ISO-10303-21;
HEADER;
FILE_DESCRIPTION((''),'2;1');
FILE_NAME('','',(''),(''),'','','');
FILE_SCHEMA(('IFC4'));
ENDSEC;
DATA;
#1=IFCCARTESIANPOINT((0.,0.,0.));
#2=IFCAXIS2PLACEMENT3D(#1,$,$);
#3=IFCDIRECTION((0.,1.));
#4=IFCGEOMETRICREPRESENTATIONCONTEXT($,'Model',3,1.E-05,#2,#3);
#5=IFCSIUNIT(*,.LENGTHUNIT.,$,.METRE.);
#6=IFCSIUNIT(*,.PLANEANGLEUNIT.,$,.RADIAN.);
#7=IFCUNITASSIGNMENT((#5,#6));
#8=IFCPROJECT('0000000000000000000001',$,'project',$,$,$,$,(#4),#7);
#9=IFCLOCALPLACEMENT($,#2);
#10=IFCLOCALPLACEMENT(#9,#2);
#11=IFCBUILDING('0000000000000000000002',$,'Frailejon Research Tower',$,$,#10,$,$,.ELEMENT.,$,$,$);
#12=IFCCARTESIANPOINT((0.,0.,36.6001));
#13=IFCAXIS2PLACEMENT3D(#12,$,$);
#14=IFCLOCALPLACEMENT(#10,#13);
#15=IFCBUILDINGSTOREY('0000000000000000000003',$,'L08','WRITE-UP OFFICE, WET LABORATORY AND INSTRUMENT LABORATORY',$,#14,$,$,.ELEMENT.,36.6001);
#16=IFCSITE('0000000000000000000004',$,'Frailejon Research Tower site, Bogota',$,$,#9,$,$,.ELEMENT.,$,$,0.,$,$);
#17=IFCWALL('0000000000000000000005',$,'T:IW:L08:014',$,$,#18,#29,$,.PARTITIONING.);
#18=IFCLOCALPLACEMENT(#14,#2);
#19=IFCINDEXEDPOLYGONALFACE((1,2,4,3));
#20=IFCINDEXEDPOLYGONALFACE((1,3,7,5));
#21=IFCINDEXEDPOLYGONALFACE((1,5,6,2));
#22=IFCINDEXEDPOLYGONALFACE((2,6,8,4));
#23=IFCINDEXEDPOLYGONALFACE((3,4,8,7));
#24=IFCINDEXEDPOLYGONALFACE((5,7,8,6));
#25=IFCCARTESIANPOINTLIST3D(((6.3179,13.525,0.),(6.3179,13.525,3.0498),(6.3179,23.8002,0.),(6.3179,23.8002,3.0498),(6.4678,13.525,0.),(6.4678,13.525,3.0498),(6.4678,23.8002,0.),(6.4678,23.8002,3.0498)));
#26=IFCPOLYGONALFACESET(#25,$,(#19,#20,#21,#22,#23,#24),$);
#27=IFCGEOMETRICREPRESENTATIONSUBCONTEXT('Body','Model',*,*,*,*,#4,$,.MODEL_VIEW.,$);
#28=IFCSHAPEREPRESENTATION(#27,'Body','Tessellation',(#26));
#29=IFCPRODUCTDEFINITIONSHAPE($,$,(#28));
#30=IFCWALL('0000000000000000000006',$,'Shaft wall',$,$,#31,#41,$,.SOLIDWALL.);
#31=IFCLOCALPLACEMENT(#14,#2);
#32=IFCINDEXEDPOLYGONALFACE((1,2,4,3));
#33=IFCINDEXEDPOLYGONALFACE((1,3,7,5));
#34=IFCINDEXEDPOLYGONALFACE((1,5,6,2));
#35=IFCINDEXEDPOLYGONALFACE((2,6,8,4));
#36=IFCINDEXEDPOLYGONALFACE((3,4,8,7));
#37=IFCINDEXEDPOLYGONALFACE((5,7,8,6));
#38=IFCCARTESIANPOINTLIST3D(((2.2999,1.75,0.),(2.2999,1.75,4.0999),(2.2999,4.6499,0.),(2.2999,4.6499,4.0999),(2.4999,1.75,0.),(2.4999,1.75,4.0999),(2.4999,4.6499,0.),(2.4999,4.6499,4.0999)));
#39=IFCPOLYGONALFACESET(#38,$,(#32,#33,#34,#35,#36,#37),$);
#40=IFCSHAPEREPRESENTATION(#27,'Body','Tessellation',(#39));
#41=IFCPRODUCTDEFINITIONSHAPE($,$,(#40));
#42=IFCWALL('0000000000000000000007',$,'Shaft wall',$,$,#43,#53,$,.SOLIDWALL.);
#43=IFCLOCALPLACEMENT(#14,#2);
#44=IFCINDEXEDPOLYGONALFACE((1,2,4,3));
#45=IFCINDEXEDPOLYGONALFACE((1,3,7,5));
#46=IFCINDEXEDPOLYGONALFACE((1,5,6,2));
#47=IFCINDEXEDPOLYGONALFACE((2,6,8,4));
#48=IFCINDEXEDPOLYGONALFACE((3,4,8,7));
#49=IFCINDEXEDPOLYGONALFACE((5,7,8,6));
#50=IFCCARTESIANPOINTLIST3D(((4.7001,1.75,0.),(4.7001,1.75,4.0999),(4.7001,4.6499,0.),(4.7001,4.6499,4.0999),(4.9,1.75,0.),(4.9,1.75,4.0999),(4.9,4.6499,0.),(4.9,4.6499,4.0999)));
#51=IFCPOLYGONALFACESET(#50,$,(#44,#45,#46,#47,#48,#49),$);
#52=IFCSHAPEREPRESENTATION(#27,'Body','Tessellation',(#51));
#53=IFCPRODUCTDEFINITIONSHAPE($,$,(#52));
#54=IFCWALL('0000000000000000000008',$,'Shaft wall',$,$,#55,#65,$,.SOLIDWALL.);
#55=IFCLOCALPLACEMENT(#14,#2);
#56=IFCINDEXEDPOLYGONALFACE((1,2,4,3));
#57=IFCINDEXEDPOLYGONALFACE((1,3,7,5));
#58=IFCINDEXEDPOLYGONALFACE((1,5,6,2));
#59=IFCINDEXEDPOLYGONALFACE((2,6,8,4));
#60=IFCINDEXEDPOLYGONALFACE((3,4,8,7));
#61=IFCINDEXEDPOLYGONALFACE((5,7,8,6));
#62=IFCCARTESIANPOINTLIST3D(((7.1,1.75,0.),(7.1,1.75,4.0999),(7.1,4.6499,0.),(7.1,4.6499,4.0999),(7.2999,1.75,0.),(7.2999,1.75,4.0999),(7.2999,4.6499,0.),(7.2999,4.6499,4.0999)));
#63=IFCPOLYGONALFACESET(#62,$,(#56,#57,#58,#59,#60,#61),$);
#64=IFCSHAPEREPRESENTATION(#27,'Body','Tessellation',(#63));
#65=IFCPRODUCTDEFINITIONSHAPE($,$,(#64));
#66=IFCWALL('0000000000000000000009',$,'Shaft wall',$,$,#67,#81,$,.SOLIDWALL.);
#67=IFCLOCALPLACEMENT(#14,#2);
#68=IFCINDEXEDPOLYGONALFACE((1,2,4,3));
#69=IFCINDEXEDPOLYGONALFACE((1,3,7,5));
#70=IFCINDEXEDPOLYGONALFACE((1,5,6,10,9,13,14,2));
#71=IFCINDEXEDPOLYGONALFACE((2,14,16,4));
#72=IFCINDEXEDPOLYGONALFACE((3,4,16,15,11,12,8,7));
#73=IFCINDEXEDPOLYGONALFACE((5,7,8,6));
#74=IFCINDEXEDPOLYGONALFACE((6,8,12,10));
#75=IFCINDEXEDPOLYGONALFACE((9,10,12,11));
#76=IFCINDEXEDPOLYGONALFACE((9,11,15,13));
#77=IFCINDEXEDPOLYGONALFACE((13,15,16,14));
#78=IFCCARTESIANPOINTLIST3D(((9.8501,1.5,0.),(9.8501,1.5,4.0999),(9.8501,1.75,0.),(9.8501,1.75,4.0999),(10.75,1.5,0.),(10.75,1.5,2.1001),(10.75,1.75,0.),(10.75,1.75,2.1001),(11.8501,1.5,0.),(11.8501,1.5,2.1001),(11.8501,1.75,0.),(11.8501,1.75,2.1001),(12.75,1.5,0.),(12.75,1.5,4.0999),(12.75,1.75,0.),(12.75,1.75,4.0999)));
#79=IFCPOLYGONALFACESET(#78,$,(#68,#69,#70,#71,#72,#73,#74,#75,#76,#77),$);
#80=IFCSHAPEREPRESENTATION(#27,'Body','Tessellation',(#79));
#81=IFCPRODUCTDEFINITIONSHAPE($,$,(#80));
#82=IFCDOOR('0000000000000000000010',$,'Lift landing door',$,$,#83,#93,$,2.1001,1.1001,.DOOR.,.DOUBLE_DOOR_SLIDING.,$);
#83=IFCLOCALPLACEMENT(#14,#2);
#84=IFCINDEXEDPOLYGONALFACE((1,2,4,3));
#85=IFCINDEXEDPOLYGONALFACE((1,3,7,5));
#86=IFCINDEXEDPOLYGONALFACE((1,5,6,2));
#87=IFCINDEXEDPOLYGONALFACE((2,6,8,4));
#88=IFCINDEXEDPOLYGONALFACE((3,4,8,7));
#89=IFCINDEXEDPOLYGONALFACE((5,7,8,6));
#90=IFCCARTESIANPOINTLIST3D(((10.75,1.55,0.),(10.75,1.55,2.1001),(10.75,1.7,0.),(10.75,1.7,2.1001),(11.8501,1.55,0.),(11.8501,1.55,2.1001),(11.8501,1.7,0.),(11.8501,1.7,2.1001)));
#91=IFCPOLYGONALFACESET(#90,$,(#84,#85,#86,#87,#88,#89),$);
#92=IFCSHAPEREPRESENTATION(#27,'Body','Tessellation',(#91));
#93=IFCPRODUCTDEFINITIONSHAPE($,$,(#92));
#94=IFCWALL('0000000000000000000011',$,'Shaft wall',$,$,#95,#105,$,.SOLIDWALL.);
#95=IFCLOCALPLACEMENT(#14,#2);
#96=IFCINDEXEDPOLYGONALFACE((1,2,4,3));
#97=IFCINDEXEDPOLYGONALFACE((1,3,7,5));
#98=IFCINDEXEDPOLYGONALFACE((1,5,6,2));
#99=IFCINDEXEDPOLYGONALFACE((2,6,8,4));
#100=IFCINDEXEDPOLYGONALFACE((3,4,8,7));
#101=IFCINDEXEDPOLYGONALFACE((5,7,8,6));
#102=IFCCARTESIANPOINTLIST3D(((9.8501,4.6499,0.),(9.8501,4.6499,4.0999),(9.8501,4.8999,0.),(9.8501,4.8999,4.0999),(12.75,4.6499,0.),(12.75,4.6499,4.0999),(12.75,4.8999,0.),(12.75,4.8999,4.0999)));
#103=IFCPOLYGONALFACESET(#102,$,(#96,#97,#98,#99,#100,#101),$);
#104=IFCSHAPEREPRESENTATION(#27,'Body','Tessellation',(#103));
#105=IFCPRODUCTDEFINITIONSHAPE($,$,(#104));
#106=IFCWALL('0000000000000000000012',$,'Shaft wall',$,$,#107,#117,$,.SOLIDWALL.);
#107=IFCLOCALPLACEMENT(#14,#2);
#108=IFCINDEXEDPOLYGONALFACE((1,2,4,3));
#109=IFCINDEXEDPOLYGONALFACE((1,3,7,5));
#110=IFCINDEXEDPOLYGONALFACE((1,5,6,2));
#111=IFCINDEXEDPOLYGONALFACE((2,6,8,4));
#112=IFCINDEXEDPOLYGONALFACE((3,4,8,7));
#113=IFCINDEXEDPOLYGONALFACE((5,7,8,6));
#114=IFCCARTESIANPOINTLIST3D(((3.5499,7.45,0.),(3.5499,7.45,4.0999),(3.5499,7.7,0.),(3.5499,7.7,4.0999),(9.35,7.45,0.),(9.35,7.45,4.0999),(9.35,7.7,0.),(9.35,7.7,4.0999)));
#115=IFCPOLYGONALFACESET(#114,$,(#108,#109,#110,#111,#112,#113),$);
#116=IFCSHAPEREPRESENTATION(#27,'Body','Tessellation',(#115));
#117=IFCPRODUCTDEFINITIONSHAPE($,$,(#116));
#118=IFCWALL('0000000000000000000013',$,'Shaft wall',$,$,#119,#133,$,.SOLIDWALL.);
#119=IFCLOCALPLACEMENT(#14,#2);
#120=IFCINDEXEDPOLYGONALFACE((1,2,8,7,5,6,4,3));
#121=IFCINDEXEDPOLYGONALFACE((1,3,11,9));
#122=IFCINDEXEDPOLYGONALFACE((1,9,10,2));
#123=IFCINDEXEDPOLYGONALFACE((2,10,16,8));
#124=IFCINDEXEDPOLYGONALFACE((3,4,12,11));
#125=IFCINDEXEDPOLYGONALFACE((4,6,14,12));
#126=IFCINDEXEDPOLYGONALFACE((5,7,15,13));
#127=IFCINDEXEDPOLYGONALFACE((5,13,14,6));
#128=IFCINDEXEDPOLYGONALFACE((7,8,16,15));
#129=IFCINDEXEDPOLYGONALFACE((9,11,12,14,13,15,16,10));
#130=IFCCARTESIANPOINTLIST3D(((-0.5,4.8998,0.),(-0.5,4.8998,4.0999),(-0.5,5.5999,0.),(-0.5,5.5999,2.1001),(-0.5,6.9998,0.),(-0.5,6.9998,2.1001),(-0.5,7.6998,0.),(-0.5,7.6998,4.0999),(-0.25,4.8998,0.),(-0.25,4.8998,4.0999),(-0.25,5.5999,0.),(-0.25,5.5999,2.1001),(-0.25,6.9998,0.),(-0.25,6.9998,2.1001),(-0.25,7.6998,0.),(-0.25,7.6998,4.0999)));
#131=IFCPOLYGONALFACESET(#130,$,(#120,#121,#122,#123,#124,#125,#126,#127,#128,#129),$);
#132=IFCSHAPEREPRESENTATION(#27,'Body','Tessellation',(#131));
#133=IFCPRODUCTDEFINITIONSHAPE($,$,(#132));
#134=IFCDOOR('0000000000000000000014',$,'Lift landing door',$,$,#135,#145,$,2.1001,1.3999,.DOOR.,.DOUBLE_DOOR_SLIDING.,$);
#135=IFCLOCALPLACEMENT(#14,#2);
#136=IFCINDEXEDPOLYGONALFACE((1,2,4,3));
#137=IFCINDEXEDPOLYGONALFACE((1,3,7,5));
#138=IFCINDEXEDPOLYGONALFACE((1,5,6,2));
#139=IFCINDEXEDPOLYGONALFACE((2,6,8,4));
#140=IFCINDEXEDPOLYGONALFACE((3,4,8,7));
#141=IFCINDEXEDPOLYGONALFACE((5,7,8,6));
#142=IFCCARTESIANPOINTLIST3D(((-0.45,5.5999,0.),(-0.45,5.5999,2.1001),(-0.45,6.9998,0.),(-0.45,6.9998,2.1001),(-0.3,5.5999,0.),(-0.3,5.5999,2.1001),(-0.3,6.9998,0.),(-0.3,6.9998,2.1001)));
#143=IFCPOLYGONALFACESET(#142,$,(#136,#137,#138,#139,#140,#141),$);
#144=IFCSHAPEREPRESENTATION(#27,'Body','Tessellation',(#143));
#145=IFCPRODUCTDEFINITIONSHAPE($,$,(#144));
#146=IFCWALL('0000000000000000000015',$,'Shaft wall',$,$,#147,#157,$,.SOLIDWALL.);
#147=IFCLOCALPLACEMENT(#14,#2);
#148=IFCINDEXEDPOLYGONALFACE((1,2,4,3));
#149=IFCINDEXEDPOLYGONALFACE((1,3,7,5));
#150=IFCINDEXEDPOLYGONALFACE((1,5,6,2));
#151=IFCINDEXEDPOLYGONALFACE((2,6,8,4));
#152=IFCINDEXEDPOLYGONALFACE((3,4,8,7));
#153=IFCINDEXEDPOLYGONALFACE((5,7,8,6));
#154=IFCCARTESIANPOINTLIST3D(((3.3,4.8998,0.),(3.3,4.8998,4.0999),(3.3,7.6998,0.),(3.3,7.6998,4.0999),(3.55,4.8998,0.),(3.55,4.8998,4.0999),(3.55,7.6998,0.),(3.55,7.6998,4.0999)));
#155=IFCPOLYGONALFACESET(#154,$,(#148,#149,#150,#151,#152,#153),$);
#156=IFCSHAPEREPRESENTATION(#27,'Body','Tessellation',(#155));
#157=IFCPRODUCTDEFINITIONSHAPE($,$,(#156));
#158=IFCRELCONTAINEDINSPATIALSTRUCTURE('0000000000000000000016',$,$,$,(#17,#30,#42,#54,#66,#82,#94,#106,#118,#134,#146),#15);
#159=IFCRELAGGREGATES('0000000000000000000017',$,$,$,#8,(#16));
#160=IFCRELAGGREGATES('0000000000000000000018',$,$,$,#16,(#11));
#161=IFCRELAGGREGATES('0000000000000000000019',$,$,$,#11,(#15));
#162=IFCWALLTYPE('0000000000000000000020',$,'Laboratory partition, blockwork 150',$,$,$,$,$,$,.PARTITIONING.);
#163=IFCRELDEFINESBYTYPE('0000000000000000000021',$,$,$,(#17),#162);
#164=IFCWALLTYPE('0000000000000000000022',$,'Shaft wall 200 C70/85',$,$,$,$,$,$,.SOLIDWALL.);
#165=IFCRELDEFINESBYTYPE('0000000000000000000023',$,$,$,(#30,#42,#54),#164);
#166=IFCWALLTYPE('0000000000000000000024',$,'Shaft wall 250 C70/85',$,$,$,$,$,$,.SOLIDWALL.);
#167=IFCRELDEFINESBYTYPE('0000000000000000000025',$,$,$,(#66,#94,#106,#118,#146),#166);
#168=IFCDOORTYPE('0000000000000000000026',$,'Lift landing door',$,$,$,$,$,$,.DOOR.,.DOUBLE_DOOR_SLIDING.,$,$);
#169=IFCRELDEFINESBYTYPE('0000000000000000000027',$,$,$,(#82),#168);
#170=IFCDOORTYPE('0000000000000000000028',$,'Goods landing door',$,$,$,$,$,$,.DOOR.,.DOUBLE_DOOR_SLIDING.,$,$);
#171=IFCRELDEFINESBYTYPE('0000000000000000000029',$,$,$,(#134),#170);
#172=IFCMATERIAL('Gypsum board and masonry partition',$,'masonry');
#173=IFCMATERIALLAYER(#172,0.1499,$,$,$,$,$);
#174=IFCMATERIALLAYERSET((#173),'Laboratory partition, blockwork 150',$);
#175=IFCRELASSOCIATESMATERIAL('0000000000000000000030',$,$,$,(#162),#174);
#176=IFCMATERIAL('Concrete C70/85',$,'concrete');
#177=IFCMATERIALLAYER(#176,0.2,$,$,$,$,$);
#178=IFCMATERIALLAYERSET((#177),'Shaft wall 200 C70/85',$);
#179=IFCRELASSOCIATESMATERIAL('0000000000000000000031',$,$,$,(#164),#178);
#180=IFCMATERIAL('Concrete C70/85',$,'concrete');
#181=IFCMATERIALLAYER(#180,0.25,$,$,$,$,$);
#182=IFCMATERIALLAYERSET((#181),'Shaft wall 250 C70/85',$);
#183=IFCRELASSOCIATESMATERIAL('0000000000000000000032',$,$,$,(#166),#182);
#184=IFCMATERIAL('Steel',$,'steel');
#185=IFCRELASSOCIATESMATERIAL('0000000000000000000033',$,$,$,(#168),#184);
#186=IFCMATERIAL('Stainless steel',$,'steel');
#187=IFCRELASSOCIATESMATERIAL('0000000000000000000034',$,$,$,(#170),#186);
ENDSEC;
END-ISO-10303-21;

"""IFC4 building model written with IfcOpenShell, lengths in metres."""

from ifc_helpers import new_model, si_unit, direction, frame, frame_2d, origin, place, context, subcontext, project, spatial, rectangle, extrude, material, layer, layer_set, type_object, element, fill, save


model = new_model("IFC4")

# Units and contexts
model_context = context("Model", 3, precision=1e-05, world=origin(), true_north=direction((0.0, 1.0)))
body_context = subcontext(model_context, "Body", "Model", "MODEL_VIEW")
ifc_project = project(units=[si_unit("LENGTHUNIT", "METRE"), si_unit("PLANEANGLEUNIT", "RADIAN")], contexts=[model_context])

# Site, building, storey
site_placement = place(None, origin())
site = spatial("IfcSite", under=ifc_project, at=site_placement, Name="Frailejon Research Tower site, Bogota", CompositionType="ELEMENT", RefElevation=0.0)
building_placement = place(site_placement, origin())
building = spatial("IfcBuilding", under=site, at=building_placement, Name="Frailejon Research Tower", CompositionType="ELEMENT")
storey_placement = place(building_placement, frame((0.0, 0.0, 36.6001)))
storey = spatial("IfcBuildingStorey", under=building, at=storey_placement, Name="L08", Description="WRITE-UP OFFICE, WET LABORATORY AND INSTRUMENT LABORATORY", CompositionType="ELEMENT", Elevation=36.6001)

# Walls
ifc_material_1 = material(Name="Gypsum board and masonry partition", Category="masonry")
ifc_layer_1 = layer(ifc_material_1, 0.1499)
ifc_layer_set_1 = layer_set([ifc_layer_1], Name="Laboratory partition, blockwork 150")
wall_type_1 = type_object("IfcWallType", Name="Laboratory partition, blockwork 150", PredefinedType="PARTITIONING", material=ifc_layer_set_1)
wall_1_placement = place(storey_placement, frame((6.3928, 13.5249, 0.0), z_axis=(0.0, 0.0, 1.0), x_axis=(0.0, 1.0, 0.0)))
element("IfcWall", 1, at=wall_1_placement, inside=storey, type_object=wall_type_1, Name="T:IW:L08:014", PredefinedType="PARTITIONING", context=body_context, shape_type="SweptSolid", body=[
    extrude(rectangle(XDim=10.2751, YDim=0.1499, at=frame_2d((5.1377, 0.0))), origin(), (0.0, 0.0, 1.0), 3.0498),
])
ifc_material_2 = material(Name="Concrete C70/85", Category="concrete")
ifc_layer_2 = layer(ifc_material_2, 0.2)
ifc_layer_set_2 = layer_set([ifc_layer_2], Name="Shaft wall 200 C70/85")
wall_type_2 = type_object("IfcWallType", Name="Shaft wall 200 C70/85", PredefinedType="SOLIDWALL", material=ifc_layer_set_2)
for number, where, z_axis, x_axis, name in (
    (2, (2.3999, 1.75, 0.0), (0.0, 0.0, 1.0), (0.0, 1.0, 0.0), "Shaft wall"),
    (3, (4.8, 1.75, 0.0), (0.0, 0.0, 1.0), (0.0, 1.0, 0.0), "Shaft wall"),
    (4, (7.2, 1.75, 0.0), (0.0, 0.0, 1.0), (0.0, 1.0, 0.0), "Shaft wall"),
):
    element("IfcWall", number, at=place(storey_placement, frame(where, z_axis=z_axis, x_axis=x_axis)), inside=storey, type_object=wall_type_2, Name=name, PredefinedType="SOLIDWALL", context=body_context, shape_type="SweptSolid", body=[
        extrude(rectangle(XDim=2.8999, YDim=0.2, at=frame_2d((1.45, 0.0))), origin(), (0.0, 0.0, 1.0), 4.0999),
    ])

# Wall, opening, door
ifc_material_3 = material(Name="Concrete C70/85", Category="concrete")
ifc_layer_3 = layer(ifc_material_3, 0.25)
ifc_layer_set_3 = layer_set([ifc_layer_3], Name="Shaft wall 250 C70/85")
wall_type_3 = type_object("IfcWallType", Name="Shaft wall 250 C70/85", PredefinedType="SOLIDWALL", material=ifc_layer_set_3)
wall_2_placement = place(storey_placement, frame((9.8501, 1.625, 0.0), z_axis=(0.0, 0.0, 1.0), x_axis=(1.0, 0.0, 0.0)))
wall_2 = element("IfcWall", 5, at=wall_2_placement, inside=storey, type_object=wall_type_3, Name="Shaft wall", PredefinedType="SOLIDWALL", context=body_context, shape_type="SweptSolid", body=[
    extrude(rectangle(XDim=2.8999, YDim=0.25, at=frame_2d((1.45, 0.0))), origin(), (0.0, 0.0, 1.0), 4.0999),
])
opening_1_placement = place(wall_2_placement, frame((0.8999, 0.0, 0.0)))
opening_1 = element("IfcOpeningElement", 6, at=opening_1_placement, cuts=wall_2, PredefinedType="OPENING", context=body_context, shape_type="SweptSolid", body=[
    extrude(rectangle(XDim=1.1001, YDim=2.1001, at=frame_2d((0.55, 1.05))), frame((0.0, 0.135, 0.0), z_axis=(0.0, -1.0, 0.0), x_axis=(1.0, 0.0, 0.0)), (0.0, 0.0, 1.0), 0.27),
])
ifc_material_4 = material(Name="Steel", Category="steel")
door_type_1 = type_object("IfcDoorType", Name="Lift landing door", OperationType="DOUBLE_DOOR_SLIDING", PredefinedType="DOOR", material=ifc_material_4)
door_1_placement = place(opening_1_placement, origin())
door_1 = element("IfcDoor", 7, at=door_1_placement, inside=storey, type_object=door_type_1, Name="Lift landing door", OperationType="DOUBLE_DOOR_SLIDING", OverallHeight=2.1001, OverallWidth=1.1001, PredefinedType="DOOR", context=body_context, shape_type="SweptSolid", body=[
    extrude(rectangle(XDim=1.1001, YDim=2.1001, at=frame_2d((0.55, 1.05))), frame((0.0, 0.075, 0.0), z_axis=(0.0, -1.0, 0.0), x_axis=(1.0, 0.0, 0.0)), (0.0, 0.0, 1.0), 0.1499),
])
fill(opening_1, door_1)

# Walls
wall_3_placement = place(storey_placement, frame((9.8501, 4.7749, 0.0), z_axis=(0.0, 0.0, 1.0), x_axis=(1.0, 0.0, 0.0)))
element("IfcWall", 8, at=wall_3_placement, inside=storey, type_object=wall_type_3, Name="Shaft wall", PredefinedType="SOLIDWALL", context=body_context, shape_type="SweptSolid", body=[
    extrude(rectangle(XDim=2.8999, YDim=0.25, at=frame_2d((1.45, 0.0))), origin(), (0.0, 0.0, 1.0), 4.0999),
])
wall_4_placement = place(storey_placement, frame((3.55, 7.575, 0.0), z_axis=(0.0, 0.0, 1.0), x_axis=(1.0, 0.0, 0.0)))
element("IfcWall", 9, at=wall_4_placement, inside=storey, type_object=wall_type_3, Name="Shaft wall", PredefinedType="SOLIDWALL", context=body_context, shape_type="SweptSolid", body=[
    extrude(rectangle(XDim=5.8, YDim=0.25, at=frame_2d((2.8999, 0.0))), origin(), (0.0, 0.0, 1.0), 4.0999),
])

# Wall, opening, door
wall_5_placement = place(storey_placement, frame((-0.375, 4.8999, 0.0), z_axis=(0.0, 0.0, 1.0), x_axis=(0.0, 1.0, 0.0)))
wall_5 = element("IfcWall", 10, at=wall_5_placement, inside=storey, type_object=wall_type_3, Name="Shaft wall", PredefinedType="SOLIDWALL", context=body_context, shape_type="SweptSolid", body=[
    extrude(rectangle(XDim=2.8, YDim=0.25, at=frame_2d((1.3999, 0.0))), origin(), (0.0, 0.0, 1.0), 4.0999),
])
opening_2_placement = place(wall_5_placement, frame((0.7, 0.0, 0.0)))
opening_2 = element("IfcOpeningElement", 11, at=opening_2_placement, cuts=wall_5, PredefinedType="OPENING", context=body_context, shape_type="SweptSolid", body=[
    extrude(rectangle(XDim=1.3999, YDim=2.1001, at=frame_2d((0.7, 1.05))), frame((0.0, 0.135, 0.0), z_axis=(0.0, -1.0, 0.0), x_axis=(1.0, 0.0, 0.0)), (0.0, 0.0, 1.0), 0.27),
])
ifc_material_5 = material(Name="Stainless steel", Category="steel")
door_type_2 = type_object("IfcDoorType", Name="Goods landing door", OperationType="DOUBLE_DOOR_SLIDING", PredefinedType="DOOR", material=ifc_material_5)
door_2_placement = place(opening_2_placement, origin())
door_2 = element("IfcDoor", 12, at=door_2_placement, inside=storey, type_object=door_type_2, Name="Lift landing door", OperationType="DOUBLE_DOOR_SLIDING", OverallHeight=2.1001, OverallWidth=1.3999, PredefinedType="DOOR", context=body_context, shape_type="SweptSolid", body=[
    extrude(rectangle(XDim=1.3999, YDim=2.1001, at=frame_2d((0.7, 1.05))), frame((0.0, 0.075, 0.0), z_axis=(0.0, -1.0, 0.0), x_axis=(1.0, 0.0, 0.0)), (0.0, 0.0, 1.0), 0.1499),
])
fill(opening_2, door_2)

# Wall
wall_6_placement = place(storey_placement, frame((3.425, 4.8999, 0.0), z_axis=(0.0, 0.0, 1.0), x_axis=(0.0, 1.0, 0.0)))
element("IfcWall", 13, at=wall_6_placement, inside=storey, type_object=wall_type_3, Name="Shaft wall", PredefinedType="SOLIDWALL", context=body_context, shape_type="SweptSolid", body=[
    extrude(rectangle(XDim=2.8, YDim=0.25, at=frame_2d((1.3999, 0.0))), origin(), (0.0, 0.0, 1.0), 4.0999),
])

save(model, "model.ifc")
